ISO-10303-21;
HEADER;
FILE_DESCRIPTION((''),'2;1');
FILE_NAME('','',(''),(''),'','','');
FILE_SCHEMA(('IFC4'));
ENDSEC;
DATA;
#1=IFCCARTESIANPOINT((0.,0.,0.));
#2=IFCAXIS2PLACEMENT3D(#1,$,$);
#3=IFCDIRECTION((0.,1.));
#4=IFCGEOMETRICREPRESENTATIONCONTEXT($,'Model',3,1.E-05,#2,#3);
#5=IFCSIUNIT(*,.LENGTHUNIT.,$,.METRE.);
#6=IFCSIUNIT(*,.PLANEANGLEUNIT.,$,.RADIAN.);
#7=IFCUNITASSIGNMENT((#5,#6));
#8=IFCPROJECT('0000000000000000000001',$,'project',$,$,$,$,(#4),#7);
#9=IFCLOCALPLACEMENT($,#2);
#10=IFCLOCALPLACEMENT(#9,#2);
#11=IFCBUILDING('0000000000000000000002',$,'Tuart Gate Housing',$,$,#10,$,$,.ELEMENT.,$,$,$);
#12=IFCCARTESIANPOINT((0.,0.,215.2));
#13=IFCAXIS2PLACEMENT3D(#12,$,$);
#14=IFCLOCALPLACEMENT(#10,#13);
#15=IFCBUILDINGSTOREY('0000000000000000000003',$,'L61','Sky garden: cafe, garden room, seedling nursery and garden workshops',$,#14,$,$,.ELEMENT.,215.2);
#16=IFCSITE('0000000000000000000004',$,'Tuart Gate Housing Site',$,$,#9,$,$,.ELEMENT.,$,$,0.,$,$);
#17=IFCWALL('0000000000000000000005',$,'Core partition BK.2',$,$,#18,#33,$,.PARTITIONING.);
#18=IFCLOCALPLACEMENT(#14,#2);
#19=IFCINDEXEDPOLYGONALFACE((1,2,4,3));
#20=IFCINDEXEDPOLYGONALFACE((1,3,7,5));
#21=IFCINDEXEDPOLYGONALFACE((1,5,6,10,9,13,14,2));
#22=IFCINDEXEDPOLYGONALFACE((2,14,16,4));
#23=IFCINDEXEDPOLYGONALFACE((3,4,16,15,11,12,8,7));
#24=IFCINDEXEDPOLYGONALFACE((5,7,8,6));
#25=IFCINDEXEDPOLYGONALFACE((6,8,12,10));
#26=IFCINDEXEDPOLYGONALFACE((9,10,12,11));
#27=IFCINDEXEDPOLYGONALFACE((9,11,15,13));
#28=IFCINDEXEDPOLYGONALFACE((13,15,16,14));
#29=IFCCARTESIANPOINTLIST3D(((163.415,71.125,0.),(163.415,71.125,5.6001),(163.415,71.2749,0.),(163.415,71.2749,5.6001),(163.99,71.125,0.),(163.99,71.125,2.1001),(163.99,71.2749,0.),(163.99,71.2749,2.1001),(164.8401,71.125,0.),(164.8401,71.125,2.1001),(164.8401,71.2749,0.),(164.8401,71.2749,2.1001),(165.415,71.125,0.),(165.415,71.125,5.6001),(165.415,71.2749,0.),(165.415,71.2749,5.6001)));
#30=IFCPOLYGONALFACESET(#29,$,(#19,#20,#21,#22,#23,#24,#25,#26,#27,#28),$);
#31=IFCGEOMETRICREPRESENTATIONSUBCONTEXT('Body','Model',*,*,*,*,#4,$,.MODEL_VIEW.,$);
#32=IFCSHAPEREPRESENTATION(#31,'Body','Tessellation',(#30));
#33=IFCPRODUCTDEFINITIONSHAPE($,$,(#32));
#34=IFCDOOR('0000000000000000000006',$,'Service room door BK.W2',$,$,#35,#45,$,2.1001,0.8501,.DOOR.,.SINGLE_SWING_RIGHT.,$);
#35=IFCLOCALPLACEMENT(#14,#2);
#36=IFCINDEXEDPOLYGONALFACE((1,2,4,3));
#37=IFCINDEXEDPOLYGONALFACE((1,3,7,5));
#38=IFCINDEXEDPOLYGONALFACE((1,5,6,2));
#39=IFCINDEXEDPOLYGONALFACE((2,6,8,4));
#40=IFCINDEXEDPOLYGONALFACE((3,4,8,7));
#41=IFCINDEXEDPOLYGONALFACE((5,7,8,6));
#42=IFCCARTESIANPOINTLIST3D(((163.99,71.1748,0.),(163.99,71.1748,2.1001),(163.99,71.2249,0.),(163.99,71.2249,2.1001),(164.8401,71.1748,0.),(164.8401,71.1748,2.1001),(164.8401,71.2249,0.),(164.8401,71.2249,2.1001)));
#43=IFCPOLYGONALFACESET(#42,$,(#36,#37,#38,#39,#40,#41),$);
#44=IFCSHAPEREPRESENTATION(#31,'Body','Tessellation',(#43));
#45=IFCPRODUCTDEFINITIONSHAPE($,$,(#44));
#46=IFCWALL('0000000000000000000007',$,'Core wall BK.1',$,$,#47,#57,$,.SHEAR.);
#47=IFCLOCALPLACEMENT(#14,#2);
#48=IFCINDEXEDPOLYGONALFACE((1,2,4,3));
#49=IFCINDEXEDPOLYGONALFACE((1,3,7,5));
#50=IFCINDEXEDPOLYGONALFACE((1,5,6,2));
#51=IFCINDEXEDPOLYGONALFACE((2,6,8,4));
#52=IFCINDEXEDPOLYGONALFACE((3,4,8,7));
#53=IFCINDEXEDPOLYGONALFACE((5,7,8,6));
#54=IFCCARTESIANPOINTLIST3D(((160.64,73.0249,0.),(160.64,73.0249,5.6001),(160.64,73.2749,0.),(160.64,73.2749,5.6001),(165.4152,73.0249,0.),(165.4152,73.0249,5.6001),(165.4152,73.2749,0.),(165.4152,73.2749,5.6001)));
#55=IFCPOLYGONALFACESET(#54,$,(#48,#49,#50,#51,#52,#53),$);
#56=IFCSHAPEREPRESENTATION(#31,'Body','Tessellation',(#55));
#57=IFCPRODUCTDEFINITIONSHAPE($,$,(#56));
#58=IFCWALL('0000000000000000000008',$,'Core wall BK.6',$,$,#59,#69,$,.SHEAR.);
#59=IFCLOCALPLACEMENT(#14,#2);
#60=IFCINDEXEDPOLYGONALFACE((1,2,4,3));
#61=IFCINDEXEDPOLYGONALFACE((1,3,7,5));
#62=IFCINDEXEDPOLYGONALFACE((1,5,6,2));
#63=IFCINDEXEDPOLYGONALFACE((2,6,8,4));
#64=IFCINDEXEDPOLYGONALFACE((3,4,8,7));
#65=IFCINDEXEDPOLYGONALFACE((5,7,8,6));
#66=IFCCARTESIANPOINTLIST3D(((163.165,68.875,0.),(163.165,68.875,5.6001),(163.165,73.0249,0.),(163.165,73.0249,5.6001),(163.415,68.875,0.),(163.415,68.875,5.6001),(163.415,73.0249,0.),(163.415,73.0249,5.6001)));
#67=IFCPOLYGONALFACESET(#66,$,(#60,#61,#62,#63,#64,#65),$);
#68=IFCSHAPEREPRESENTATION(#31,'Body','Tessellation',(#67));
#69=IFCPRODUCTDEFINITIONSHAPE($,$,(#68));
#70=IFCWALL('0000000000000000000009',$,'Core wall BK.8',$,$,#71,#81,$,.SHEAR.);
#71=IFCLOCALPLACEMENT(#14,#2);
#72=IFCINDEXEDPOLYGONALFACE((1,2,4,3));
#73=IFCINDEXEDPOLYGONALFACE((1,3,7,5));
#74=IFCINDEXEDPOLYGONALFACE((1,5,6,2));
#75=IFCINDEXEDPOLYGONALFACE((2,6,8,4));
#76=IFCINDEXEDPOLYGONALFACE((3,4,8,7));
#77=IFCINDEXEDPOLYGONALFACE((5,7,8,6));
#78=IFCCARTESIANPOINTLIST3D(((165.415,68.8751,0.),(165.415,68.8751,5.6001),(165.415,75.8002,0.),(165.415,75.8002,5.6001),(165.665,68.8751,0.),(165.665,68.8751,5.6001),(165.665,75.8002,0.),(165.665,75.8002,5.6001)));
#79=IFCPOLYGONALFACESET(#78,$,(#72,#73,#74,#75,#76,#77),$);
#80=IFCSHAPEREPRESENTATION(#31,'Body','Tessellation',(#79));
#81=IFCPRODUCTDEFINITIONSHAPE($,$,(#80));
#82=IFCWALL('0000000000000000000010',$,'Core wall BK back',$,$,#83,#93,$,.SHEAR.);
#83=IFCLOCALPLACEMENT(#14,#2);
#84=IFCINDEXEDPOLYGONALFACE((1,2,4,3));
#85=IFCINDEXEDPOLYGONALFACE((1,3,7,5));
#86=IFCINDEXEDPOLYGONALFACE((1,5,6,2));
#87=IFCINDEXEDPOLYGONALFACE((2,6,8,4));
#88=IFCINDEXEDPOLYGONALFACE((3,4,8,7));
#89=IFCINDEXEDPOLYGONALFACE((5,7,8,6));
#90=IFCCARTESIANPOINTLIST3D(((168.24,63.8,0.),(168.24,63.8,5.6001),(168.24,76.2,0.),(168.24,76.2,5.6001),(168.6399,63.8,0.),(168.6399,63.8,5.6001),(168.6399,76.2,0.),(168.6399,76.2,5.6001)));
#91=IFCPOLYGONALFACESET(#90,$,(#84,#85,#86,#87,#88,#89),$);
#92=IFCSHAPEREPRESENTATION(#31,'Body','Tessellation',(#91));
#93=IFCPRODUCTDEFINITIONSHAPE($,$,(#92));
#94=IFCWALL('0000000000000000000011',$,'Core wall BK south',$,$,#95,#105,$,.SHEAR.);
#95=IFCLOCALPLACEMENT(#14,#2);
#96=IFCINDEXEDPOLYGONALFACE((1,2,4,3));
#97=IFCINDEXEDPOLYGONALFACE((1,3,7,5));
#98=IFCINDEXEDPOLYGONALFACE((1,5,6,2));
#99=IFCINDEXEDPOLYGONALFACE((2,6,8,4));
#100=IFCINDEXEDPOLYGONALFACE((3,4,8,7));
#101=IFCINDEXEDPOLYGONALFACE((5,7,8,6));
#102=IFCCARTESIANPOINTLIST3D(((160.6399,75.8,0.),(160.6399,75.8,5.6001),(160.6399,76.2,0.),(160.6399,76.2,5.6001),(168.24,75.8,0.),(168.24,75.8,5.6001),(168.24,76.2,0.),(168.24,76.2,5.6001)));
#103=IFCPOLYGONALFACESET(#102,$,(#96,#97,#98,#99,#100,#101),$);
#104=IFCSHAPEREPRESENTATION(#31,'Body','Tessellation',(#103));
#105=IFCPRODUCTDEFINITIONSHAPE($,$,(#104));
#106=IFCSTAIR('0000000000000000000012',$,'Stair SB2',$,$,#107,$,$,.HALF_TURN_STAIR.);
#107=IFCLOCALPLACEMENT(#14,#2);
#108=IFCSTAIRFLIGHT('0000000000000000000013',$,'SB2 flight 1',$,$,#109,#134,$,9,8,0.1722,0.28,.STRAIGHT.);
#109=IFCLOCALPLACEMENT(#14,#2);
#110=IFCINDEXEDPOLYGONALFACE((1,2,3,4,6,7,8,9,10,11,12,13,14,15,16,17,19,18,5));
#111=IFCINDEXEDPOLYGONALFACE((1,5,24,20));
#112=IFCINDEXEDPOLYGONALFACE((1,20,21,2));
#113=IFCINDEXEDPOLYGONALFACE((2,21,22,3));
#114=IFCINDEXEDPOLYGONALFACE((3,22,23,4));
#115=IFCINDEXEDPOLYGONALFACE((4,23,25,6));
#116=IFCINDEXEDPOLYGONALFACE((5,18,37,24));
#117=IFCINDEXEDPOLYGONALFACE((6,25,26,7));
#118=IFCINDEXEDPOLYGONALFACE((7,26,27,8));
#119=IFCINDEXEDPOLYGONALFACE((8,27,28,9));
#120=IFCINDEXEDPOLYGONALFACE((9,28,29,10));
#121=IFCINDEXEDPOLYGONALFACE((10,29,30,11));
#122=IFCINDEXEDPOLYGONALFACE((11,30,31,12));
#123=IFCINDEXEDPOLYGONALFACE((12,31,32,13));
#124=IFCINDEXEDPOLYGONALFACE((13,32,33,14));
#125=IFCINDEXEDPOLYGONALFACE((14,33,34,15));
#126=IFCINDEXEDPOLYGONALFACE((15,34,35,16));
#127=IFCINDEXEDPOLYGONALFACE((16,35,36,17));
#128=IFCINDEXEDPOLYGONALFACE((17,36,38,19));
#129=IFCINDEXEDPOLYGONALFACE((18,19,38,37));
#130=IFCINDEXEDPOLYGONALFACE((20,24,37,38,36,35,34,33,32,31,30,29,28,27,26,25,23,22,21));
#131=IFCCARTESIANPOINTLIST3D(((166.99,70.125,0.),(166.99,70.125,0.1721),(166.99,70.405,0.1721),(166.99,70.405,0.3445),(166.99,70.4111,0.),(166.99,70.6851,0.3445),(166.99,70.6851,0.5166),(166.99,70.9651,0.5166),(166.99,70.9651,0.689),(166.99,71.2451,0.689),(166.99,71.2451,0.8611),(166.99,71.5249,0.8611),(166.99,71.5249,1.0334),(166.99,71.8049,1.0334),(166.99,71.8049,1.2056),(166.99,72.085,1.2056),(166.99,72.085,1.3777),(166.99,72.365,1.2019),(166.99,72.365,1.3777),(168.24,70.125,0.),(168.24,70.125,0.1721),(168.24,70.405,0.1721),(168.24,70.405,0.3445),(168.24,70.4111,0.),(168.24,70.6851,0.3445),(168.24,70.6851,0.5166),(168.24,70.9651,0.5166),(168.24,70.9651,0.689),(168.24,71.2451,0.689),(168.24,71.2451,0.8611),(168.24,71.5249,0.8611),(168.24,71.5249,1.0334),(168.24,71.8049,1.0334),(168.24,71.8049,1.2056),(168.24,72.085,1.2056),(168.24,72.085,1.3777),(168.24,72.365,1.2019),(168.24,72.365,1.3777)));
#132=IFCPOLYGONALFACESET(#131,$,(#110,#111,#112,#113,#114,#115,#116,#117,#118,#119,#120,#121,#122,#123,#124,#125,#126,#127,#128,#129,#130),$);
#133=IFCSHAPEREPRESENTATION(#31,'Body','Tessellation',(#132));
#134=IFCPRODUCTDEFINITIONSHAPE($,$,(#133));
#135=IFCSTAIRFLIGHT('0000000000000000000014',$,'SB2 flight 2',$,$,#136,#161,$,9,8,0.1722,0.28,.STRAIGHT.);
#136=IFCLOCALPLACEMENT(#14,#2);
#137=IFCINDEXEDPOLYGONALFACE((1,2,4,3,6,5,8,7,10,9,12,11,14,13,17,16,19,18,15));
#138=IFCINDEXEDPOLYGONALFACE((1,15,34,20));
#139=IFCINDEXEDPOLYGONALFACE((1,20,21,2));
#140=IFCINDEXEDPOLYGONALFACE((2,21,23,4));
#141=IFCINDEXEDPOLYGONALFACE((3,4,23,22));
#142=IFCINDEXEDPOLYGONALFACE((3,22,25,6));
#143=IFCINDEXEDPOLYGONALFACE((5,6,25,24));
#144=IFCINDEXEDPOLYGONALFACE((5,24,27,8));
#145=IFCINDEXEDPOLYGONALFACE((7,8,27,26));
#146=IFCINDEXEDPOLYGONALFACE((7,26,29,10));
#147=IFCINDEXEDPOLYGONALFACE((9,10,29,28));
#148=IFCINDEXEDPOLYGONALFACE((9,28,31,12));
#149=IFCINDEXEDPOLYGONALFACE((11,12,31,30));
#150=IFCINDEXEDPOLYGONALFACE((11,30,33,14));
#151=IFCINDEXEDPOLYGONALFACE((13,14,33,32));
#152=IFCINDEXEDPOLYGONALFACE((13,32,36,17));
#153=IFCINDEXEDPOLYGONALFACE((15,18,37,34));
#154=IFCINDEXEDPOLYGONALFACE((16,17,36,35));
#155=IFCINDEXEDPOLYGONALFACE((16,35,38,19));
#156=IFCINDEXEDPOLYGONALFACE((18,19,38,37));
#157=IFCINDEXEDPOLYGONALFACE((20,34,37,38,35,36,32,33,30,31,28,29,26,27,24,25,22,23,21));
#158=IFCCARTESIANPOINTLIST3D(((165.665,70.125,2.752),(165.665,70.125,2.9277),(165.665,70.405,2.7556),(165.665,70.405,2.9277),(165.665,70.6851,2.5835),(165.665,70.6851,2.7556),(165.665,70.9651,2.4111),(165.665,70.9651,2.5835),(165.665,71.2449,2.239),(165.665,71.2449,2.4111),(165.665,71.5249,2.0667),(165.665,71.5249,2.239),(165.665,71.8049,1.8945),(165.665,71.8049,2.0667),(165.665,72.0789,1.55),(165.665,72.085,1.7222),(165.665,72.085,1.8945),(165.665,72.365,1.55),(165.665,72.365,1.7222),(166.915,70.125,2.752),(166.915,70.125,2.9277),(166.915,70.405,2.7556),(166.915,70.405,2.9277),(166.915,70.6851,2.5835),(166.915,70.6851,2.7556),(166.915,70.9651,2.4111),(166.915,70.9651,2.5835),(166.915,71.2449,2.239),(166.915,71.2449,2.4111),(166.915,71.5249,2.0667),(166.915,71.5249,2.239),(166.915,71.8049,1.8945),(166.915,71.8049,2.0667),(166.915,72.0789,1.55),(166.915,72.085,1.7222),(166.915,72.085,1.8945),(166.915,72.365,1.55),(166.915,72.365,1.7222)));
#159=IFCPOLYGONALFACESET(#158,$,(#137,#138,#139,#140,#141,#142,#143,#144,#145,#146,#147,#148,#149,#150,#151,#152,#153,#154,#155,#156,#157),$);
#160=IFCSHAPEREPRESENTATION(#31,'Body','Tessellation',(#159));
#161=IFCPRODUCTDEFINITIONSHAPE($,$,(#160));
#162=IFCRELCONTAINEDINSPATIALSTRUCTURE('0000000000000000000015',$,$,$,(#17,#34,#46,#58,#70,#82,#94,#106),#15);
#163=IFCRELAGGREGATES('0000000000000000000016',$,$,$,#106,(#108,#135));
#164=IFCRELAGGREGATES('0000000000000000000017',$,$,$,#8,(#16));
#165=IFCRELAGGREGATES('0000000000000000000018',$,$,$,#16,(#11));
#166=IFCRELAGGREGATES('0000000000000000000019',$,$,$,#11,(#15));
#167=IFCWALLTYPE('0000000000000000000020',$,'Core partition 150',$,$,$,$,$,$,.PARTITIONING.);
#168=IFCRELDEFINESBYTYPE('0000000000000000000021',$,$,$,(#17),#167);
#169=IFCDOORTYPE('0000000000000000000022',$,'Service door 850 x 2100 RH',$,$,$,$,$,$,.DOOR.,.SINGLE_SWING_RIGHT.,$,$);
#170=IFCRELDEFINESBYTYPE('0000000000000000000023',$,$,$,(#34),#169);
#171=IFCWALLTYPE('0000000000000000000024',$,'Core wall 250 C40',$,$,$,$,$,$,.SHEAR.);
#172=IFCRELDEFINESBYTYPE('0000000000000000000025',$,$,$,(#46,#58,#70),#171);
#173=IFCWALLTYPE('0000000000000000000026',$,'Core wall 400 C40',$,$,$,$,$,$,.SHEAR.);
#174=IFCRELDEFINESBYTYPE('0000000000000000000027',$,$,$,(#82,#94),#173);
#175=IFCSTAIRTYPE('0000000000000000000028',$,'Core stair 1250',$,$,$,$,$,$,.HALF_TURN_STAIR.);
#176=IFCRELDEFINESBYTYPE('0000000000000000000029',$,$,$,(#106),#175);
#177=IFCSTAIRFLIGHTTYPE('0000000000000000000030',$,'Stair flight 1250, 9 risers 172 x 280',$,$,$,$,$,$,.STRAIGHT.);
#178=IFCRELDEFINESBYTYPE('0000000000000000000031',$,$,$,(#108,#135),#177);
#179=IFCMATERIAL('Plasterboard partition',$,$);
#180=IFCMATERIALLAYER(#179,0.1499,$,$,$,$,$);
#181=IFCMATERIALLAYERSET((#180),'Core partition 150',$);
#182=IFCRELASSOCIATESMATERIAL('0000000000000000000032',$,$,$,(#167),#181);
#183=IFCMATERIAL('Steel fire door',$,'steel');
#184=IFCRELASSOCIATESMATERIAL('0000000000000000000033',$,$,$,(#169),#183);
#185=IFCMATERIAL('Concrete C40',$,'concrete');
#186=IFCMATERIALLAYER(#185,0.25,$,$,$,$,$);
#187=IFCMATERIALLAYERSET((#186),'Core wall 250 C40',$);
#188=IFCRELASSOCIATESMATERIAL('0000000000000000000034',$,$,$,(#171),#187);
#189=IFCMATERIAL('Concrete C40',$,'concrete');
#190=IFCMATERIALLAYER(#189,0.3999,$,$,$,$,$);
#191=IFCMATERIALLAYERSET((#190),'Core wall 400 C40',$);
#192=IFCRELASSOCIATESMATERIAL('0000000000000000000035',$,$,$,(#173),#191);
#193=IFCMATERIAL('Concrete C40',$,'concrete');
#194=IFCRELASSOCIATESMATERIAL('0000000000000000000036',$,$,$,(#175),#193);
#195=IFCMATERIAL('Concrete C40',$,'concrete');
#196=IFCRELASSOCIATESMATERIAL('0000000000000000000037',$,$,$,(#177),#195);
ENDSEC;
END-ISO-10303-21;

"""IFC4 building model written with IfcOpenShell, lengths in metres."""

from ifc_helpers import new_model, si_unit, direction, frame, frame_2d, origin, place, context, subcontext, project, spatial, polyline, rectangle, outline, extrude, material, layer, layer_set, type_object, element, fill, aggregate, save


model = new_model("IFC4")

# Units and contexts
model_context = context("Model", 3, precision=1e-05, world=origin(), true_north=direction((0.0, 1.0)))
body_context = subcontext(model_context, "Body", "Model", "MODEL_VIEW")
ifc_project = project(units=[si_unit("LENGTHUNIT", "METRE"), si_unit("PLANEANGLEUNIT", "RADIAN")], contexts=[model_context])

# Site, building, storey
site_placement = place(None, origin())
site = spatial("IfcSite", under=ifc_project, at=site_placement, Name="Tuart Gate Housing Site", CompositionType="ELEMENT", RefElevation=0.0)
building_placement = place(site_placement, origin())
building = spatial("IfcBuilding", under=site, at=building_placement, Name="Tuart Gate Housing", CompositionType="ELEMENT")
storey_placement = place(building_placement, frame((0.0, 0.0, 215.2)))
storey = spatial("IfcBuildingStorey", under=building, at=storey_placement, Name="L61", Description="Sky garden: cafe, garden room, seedling nursery and garden workshops", CompositionType="ELEMENT", Elevation=215.2)

# Wall, opening, door
ifc_material_1 = material(Name="Plasterboard partition")
ifc_layer_1 = layer(ifc_material_1, 0.1499)
ifc_layer_set_1 = layer_set([ifc_layer_1], Name="Core partition 150")
wall_type_1 = type_object("IfcWallType", Name="Core partition 150", PredefinedType="PARTITIONING", material=ifc_layer_set_1)
wall_1_placement = place(storey_placement, frame((163.415, 71.2, 0.0), z_axis=(0.0, 0.0, 1.0), x_axis=(1.0, 0.0, 0.0)))
wall_1 = element("IfcWall", 1, at=wall_1_placement, inside=storey, type_object=wall_type_1, Name="Core partition BK.2", PredefinedType="PARTITIONING", context=body_context, shape_type="SweptSolid", body=[
    extrude(rectangle(XDim=2.0, YDim=0.1499, at=frame_2d((1.0, 0.0))), origin(), (0.0, 0.0, 1.0), 5.6001),
])
opening_1_placement = place(wall_1_placement, frame((0.575, 0.0, 0.0)))
opening_1 = element("IfcOpeningElement", 2, at=opening_1_placement, cuts=wall_1, PredefinedType="OPENING", context=body_context, shape_type="SweptSolid", body=[
    extrude(rectangle(XDim=0.8501, YDim=2.1001, at=frame_2d((0.425, 1.05))), frame((0.0, 0.085, 0.0), z_axis=(0.0, -1.0, 0.0), x_axis=(1.0, 0.0, 0.0)), (0.0, 0.0, 1.0), 0.1699),
])
ifc_material_2 = material(Name="Steel fire door", Category="steel")
door_type = type_object("IfcDoorType", Name="Service door 850 x 2100 RH", OperationType="SINGLE_SWING_RIGHT", PredefinedType="DOOR", material=ifc_material_2)
door_placement = place(opening_1_placement, frame((0.8501, 0.0, 0.0), z_axis=(0.0, 0.0, 1.0), x_axis=(-1.0, 0.0, 0.0)))
door = element("IfcDoor", 3, at=door_placement, inside=storey, type_object=door_type, Name="Service room door BK.W2", OperationType="SINGLE_SWING_RIGHT", OverallHeight=2.1001, OverallWidth=0.8501, PredefinedType="DOOR", context=body_context, shape_type="SweptSolid", body=[
    extrude(rectangle(XDim=0.8501, YDim=2.1001, at=frame_2d((0.425, 1.05))), frame((0.0, 0.0251, 0.0), z_axis=(0.0, -1.0, 0.0), x_axis=(1.0, 0.0, 0.0)), (0.0, 0.0, 1.0), 0.05),
])
fill(opening_1, door)

# Walls
ifc_material_3 = material(Name="Concrete C40", Category="concrete")
ifc_layer_2 = layer(ifc_material_3, 0.25)
ifc_layer_set_2 = layer_set([ifc_layer_2], Name="Core wall 250 C40")
wall_type_2 = type_object("IfcWallType", Name="Core wall 250 C40", PredefinedType="SHEAR", material=ifc_layer_set_2)
wall_2_placement = place(storey_placement, frame((160.6399, 73.1499, 0.0), z_axis=(0.0, 0.0, 1.0), x_axis=(1.0, 0.0, 0.0)))
element("IfcWall", 4, at=wall_2_placement, inside=storey, type_object=wall_type_2, Name="Core wall BK.1", PredefinedType="SHEAR", context=body_context, shape_type="SweptSolid", body=[
    extrude(rectangle(XDim=4.7751, YDim=0.25, at=frame_2d((2.3877, 0.0))), origin(), (0.0, 0.0, 1.0), 5.6001),
])
wall_3_placement = place(storey_placement, frame((163.29, 73.0249, 0.0), z_axis=(0.0, 0.0, 1.0), x_axis=(0.0, -1.0, 0.0)))
element("IfcWall", 5, at=wall_3_placement, inside=storey, type_object=wall_type_2, Name="Core wall BK.6", PredefinedType="SHEAR", context=body_context, shape_type="SweptSolid", body=[
    extrude(rectangle(XDim=4.1499, YDim=0.25, at=frame_2d((2.075, 0.0))), origin(), (0.0, 0.0, 1.0), 5.6001),
])
wall_4_placement = place(storey_placement, frame((165.54, 75.8, 0.0), z_axis=(0.0, 0.0, 1.0), x_axis=(0.0, -1.0, 0.0)))
element("IfcWall", 6, at=wall_4_placement, inside=storey, type_object=wall_type_2, Name="Core wall BK.8", PredefinedType="SHEAR", context=body_context, shape_type="SweptSolid", body=[
    extrude(rectangle(XDim=6.925, YDim=0.25, at=frame_2d((3.4624, 0.0))), origin(), (0.0, 0.0, 1.0), 5.6001),
])
ifc_material_4 = material(Name="Concrete C40", Category="concrete")
ifc_layer_3 = layer(ifc_material_4, 0.3999)
ifc_layer_set_3 = layer_set([ifc_layer_3], Name="Core wall 400 C40")
wall_type_3 = type_object("IfcWallType", Name="Core wall 400 C40", PredefinedType="SHEAR", material=ifc_layer_set_3)
wall_5_placement = place(storey_placement, frame((168.4399, 76.2, 0.0), z_axis=(0.0, 0.0, 1.0), x_axis=(0.0, -1.0, 0.0)))
element("IfcWall", 7, at=wall_5_placement, inside=storey, type_object=wall_type_3, Name="Core wall BK back", PredefinedType="SHEAR", context=body_context, shape_type="SweptSolid", body=[
    extrude(rectangle(XDim=12.3999, YDim=0.3999, at=frame_2d((6.2, 0.0))), origin(), (0.0, 0.0, 1.0), 5.6001),
])
wall_6_placement = place(storey_placement, frame((160.6399, 76.0, 0.0), z_axis=(0.0, 0.0, 1.0), x_axis=(1.0, 0.0, 0.0)))
element("IfcWall", 8, at=wall_6_placement, inside=storey, type_object=wall_type_3, Name="Core wall BK south", PredefinedType="SHEAR", context=body_context, shape_type="SweptSolid", body=[
    extrude(rectangle(XDim=7.6001, YDim=0.3999, at=frame_2d((3.8, 0.0))), origin(), (0.0, 0.0, 1.0), 5.6001),
])

# Stair, stair flights
ifc_material_5 = material(Name="Concrete C40", Category="concrete")
stair_type = type_object("IfcStairType", Name="Core stair 1250", PredefinedType="HALF_TURN_STAIR", material=ifc_material_5)
stair_placement = place(storey_placement, origin())
stair = element("IfcStair", 9, at=stair_placement, inside=storey, type_object=stair_type, Name="Stair SB2", PredefinedType="HALF_TURN_STAIR")
ifc_material_6 = material(Name="Concrete C40", Category="concrete")
stair_flight_type = type_object("IfcStairFlightType", Name="Stair flight 1250, 9 risers 172 x 280", PredefinedType="STRAIGHT", material=ifc_material_6)
stair_flight_1_placement = place(storey_placement, frame((167.615, 70.125, 0.0), z_axis=(0.0, 0.0, 1.0), x_axis=(0.0, 1.0, 0.0)))
stair_flight_1 = element("IfcStairFlight", 10, at=stair_flight_1_placement, type_object=stair_flight_type, Name="SB2 flight 1", NumberOfRisers=9, NumberOfTreads=8, PredefinedType="STRAIGHT", RiserHeight=0.1722, TreadLength=0.28, context=body_context, shape_type="SweptSolid", body=[
    extrude(outline(polyline([(0.0, 0.0), (0.0, 0.1721), (0.28, 0.1721), (0.28, 0.3445), (0.5601, 0.3445), (0.5601, 0.5166), (0.8401, 0.5166), (0.8401, 0.689), (1.1201, 0.689), (1.1201, 0.8611), (1.3999, 0.8611), (1.3999, 1.0334), (1.6799, 1.0334), (1.6799, 1.2056), (1.96, 1.2056), (1.96, 1.3777), (2.24, 1.3777), (2.24, 1.55), (2.24, 1.2019), (0.2861, 0.0), (0.0, 0.0)])), frame((0.0, 0.625, 0.0), z_axis=(0.0, -1.0, 0.0), x_axis=(1.0, 0.0, 0.0)), (0.0, 0.0, 1.0), 1.25),
])
stair_flight_2_placement = place(storey_placement, frame((166.29, 72.365, 1.55), z_axis=(0.0, 0.0, 1.0), x_axis=(0.0, -1.0, 0.0)))
stair_flight_2 = element("IfcStairFlight", 11, at=stair_flight_2_placement, type_object=stair_flight_type, Name="SB2 flight 2", NumberOfRisers=9, NumberOfTreads=8, PredefinedType="STRAIGHT", RiserHeight=0.1722, TreadLength=0.28, context=body_context, shape_type="SweptSolid", body=[
    extrude(outline(polyline([(0.0, 0.0), (0.0, 0.1721), (0.28, 0.1721), (0.28, 0.3445), (0.5601, 0.3445), (0.5601, 0.5166), (0.8401, 0.5166), (0.8401, 0.689), (1.1201, 0.689), (1.1201, 0.8611), (1.3999, 0.8611), (1.3999, 1.0334), (1.6799, 1.0334), (1.6799, 1.2056), (1.96, 1.2056), (1.96, 1.3777), (2.24, 1.3777), (2.24, 1.55), (2.24, 1.2019), (0.2861, 0.0), (0.0, 0.0)])), frame((0.0, 0.625, 0.0), z_axis=(0.0, -1.0, 0.0), x_axis=(1.0, 0.0, 0.0)), (0.0, 0.0, 1.0), 1.25),
])
aggregate(stair, [stair_flight_1, stair_flight_2])

save(model, "model.ifc")
